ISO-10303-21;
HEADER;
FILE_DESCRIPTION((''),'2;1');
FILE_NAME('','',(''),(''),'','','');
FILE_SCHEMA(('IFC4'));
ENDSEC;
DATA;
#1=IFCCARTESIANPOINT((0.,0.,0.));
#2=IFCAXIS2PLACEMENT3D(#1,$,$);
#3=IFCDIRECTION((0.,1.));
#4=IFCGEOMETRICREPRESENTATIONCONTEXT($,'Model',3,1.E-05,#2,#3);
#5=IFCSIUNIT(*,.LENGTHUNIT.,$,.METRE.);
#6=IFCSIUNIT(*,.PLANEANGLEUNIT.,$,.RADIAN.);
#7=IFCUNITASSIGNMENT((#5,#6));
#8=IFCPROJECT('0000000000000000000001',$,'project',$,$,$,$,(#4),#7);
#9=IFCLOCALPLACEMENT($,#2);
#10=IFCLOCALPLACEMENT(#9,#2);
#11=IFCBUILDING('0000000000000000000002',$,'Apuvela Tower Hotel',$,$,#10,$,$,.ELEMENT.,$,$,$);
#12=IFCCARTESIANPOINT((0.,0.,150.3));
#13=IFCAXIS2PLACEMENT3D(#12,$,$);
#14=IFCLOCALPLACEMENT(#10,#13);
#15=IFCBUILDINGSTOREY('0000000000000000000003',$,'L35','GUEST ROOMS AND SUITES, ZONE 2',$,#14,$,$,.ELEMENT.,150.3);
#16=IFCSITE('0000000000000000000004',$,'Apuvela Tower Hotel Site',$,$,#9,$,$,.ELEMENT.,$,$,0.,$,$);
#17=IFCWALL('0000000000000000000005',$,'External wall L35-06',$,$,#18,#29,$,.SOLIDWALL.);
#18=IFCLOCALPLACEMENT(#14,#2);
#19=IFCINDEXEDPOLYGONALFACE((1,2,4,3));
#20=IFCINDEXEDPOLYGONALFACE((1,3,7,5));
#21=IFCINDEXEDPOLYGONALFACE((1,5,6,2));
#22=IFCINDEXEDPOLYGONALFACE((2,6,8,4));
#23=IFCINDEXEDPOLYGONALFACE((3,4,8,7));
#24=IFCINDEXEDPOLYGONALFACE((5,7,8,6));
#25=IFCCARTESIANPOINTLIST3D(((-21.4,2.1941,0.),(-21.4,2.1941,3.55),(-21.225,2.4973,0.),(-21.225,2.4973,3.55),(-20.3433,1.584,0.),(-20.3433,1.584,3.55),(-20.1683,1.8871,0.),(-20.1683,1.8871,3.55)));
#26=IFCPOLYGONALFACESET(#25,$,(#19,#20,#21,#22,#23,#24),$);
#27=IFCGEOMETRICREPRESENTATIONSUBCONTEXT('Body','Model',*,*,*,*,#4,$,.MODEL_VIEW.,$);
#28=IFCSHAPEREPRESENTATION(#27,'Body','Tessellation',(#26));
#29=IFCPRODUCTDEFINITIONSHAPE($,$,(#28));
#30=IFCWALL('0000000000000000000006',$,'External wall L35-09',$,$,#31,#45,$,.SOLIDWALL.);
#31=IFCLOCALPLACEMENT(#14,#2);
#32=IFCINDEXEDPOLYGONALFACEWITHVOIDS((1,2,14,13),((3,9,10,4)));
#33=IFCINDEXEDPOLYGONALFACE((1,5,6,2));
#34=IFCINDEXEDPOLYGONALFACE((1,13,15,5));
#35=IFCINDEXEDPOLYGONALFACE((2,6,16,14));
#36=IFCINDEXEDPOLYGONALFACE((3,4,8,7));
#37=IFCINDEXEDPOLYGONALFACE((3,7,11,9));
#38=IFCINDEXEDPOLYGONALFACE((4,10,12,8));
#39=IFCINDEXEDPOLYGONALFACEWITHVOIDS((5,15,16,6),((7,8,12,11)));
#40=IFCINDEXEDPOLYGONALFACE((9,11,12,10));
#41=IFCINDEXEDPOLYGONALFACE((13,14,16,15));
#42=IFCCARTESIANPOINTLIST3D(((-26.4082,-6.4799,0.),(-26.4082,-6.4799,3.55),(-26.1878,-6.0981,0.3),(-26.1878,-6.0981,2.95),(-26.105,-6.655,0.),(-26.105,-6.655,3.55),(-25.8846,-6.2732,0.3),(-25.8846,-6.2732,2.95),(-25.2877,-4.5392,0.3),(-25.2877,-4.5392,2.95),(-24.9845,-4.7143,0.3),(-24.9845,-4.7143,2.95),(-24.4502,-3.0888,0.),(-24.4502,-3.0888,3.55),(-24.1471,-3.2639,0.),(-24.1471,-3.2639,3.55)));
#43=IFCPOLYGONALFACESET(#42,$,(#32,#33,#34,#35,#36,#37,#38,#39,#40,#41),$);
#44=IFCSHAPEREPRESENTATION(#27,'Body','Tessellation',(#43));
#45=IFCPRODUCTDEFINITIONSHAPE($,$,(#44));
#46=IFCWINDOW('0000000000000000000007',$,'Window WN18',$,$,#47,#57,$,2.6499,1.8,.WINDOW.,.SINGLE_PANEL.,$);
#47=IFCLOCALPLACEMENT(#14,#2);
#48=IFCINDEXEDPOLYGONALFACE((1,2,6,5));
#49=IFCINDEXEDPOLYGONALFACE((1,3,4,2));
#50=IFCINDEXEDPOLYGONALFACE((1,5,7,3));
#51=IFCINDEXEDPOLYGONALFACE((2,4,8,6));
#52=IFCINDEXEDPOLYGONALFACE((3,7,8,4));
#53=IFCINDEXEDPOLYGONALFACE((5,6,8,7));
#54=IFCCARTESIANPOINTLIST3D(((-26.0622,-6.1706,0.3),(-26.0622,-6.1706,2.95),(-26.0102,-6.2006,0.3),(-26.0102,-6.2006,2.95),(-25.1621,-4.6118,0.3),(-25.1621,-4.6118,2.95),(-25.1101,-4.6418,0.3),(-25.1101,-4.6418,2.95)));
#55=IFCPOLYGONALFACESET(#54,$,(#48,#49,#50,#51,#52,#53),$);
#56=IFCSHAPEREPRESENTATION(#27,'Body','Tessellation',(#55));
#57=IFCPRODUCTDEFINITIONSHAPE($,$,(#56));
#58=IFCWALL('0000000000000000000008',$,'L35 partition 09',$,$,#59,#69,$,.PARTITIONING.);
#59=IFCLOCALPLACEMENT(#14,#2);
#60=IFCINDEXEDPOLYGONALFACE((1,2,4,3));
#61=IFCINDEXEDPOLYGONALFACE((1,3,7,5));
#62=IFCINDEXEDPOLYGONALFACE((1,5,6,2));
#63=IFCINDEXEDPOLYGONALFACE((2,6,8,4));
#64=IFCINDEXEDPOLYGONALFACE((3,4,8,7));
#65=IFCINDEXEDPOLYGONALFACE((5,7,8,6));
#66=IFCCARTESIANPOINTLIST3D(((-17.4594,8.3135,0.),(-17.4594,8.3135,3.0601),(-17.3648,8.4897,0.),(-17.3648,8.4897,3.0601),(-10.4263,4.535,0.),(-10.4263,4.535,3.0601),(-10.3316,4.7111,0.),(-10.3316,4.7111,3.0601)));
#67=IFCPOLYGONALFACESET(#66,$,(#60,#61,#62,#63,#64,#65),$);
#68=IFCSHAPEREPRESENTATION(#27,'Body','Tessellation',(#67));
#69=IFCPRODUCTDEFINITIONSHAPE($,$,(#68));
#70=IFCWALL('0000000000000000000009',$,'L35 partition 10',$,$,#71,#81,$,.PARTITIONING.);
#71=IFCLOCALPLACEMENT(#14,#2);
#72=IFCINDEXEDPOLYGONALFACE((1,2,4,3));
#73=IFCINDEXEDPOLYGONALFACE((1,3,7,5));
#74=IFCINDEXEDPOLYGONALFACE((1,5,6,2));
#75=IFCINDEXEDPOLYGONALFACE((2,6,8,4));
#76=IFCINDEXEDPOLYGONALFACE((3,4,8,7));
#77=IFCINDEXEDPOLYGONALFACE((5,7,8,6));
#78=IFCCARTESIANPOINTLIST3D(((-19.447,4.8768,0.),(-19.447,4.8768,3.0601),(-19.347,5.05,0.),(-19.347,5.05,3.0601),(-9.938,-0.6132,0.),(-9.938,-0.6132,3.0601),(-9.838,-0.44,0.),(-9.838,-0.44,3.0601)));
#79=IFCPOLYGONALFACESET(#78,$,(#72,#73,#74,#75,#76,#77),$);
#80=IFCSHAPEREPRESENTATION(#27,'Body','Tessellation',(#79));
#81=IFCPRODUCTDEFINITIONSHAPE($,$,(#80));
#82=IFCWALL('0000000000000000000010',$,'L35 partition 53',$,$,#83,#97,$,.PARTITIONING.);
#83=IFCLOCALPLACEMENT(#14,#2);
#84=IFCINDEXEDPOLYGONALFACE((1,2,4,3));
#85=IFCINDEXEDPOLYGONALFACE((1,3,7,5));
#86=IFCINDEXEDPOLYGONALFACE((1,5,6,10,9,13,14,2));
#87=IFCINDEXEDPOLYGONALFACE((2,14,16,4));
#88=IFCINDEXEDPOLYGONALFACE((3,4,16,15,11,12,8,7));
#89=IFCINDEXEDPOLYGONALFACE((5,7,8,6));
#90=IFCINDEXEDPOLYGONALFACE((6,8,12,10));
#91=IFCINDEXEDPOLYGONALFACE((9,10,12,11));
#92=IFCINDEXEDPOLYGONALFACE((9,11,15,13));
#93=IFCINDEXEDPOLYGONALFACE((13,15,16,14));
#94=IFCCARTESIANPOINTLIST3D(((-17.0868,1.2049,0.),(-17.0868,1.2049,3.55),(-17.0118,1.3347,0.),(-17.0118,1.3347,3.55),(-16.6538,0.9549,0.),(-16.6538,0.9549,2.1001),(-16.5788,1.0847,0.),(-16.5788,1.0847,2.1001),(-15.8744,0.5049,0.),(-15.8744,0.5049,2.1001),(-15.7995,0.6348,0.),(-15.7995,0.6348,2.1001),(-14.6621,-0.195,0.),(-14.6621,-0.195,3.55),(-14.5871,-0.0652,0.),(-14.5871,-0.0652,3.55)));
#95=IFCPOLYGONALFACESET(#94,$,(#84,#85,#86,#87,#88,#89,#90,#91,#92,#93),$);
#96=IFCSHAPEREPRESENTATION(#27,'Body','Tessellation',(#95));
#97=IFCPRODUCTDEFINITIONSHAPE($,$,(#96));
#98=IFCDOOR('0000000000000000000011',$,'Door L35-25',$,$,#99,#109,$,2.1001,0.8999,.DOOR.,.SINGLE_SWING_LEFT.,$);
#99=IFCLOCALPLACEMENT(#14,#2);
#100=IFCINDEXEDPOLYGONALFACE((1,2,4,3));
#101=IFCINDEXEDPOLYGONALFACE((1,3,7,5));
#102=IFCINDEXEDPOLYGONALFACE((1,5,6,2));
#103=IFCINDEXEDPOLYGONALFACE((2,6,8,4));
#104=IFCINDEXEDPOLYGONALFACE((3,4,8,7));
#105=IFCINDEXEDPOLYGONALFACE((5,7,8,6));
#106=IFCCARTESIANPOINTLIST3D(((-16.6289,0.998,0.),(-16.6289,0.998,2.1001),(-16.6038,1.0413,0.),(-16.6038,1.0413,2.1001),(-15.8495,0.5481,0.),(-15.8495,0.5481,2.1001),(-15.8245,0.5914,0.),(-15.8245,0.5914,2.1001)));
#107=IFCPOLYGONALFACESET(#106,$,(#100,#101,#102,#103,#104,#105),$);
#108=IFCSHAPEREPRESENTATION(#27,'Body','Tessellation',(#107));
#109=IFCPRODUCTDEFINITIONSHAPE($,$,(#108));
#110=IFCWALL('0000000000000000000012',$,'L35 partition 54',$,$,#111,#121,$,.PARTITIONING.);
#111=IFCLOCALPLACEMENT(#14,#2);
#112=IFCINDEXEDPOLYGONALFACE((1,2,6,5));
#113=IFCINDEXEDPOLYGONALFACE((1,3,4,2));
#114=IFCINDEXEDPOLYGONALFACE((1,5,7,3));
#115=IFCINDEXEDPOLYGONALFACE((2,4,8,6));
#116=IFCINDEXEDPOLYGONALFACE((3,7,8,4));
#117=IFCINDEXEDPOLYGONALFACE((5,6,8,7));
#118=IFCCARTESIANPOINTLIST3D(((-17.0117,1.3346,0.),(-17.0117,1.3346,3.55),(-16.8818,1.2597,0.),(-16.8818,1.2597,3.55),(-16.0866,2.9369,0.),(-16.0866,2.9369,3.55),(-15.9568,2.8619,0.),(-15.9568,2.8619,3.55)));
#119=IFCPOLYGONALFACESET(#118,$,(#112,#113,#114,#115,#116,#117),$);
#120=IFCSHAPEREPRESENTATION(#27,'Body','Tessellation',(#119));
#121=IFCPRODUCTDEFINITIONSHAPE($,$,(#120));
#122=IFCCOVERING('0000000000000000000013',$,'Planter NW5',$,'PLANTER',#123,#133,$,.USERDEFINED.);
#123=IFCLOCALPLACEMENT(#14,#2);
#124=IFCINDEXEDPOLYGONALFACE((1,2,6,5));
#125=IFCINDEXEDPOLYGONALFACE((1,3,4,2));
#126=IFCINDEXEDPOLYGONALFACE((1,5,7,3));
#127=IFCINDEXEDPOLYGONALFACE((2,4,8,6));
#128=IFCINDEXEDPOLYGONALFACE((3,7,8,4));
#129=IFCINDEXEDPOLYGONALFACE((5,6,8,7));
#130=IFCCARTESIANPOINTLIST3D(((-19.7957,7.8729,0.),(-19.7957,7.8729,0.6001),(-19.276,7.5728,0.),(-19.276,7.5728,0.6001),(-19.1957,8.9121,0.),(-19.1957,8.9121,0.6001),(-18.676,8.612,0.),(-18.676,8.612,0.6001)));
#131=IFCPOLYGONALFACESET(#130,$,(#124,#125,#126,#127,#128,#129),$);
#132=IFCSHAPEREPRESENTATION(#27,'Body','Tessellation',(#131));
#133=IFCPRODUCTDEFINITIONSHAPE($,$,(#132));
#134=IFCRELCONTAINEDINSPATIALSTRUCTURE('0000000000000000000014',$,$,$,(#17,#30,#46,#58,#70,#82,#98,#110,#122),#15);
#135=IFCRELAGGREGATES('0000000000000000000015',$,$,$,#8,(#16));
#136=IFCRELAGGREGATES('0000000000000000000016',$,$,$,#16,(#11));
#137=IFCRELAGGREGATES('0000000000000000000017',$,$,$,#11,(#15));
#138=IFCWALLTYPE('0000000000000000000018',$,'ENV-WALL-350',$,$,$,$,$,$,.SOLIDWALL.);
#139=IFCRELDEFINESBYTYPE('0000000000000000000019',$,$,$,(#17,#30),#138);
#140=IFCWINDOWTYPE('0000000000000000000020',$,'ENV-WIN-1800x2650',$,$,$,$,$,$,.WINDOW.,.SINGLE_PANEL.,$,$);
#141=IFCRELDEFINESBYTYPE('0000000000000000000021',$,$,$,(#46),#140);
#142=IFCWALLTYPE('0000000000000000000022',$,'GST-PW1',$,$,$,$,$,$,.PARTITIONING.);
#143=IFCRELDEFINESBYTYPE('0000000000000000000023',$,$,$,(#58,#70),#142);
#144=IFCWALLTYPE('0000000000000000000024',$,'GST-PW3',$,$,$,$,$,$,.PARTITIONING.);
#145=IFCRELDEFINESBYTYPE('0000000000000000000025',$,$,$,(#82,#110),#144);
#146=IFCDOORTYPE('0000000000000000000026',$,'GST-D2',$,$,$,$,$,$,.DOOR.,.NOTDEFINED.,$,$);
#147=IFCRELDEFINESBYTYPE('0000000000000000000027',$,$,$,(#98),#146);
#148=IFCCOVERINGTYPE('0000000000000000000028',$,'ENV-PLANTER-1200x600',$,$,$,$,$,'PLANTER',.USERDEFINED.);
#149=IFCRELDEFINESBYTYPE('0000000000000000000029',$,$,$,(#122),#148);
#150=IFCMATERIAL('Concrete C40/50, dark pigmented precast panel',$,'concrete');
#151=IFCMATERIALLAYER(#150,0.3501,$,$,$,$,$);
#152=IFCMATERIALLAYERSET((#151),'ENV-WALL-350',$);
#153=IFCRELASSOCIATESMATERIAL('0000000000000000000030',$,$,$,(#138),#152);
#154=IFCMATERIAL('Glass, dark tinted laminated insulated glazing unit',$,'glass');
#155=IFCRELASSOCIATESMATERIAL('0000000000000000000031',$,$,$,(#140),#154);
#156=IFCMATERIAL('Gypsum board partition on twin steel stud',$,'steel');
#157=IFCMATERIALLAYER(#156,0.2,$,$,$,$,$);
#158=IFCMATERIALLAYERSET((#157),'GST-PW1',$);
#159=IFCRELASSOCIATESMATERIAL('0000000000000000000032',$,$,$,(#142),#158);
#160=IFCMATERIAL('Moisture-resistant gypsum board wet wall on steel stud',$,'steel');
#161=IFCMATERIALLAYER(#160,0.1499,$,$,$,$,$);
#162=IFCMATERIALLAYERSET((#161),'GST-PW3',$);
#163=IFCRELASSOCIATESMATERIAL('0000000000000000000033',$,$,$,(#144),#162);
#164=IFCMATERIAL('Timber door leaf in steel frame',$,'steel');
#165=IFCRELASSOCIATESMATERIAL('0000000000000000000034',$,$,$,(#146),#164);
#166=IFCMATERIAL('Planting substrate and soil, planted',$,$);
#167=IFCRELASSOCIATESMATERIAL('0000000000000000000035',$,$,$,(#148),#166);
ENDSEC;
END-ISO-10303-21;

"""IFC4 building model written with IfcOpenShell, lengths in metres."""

from ifc_helpers import new_model, si_unit, direction, frame, frame_2d, origin, origin_2d, place, context, subcontext, project, spatial, rectangle, extrude, material, layer, layer_set, type_object, element, fill, save


model = new_model("IFC4")

# Units and contexts
model_context = context("Model", 3, precision=1e-05, world=origin(), true_north=direction((0.0, 1.0)))
body_context = subcontext(model_context, "Body", "Model", "MODEL_VIEW")
ifc_project = project(units=[si_unit("LENGTHUNIT", "METRE"), si_unit("PLANEANGLEUNIT", "RADIAN")], contexts=[model_context])

# Site, building, storey
site_placement = place(None, origin())
site = spatial("IfcSite", under=ifc_project, at=site_placement, Name="Apuvela Tower Hotel Site", CompositionType="ELEMENT", RefElevation=0.0)
building_placement = place(site_placement, origin())
building = spatial("IfcBuilding", under=site, at=building_placement, Name="Apuvela Tower Hotel", CompositionType="ELEMENT")
storey_placement = place(building_placement, frame((0.0, 0.0, 150.3)))
storey = spatial("IfcBuildingStorey", under=building, at=storey_placement, Name="L35", Description="GUEST ROOMS AND SUITES, ZONE 2", CompositionType="ELEMENT", Elevation=150.3)

# Wall
ifc_material_1 = material(Name="Concrete C40/50, dark pigmented precast panel", Category="concrete")
ifc_layer_1 = layer(ifc_material_1, 0.3501)
ifc_layer_set_1 = layer_set([ifc_layer_1], Name="ENV-WALL-350")
wall_type_1 = type_object("IfcWallType", Name="ENV-WALL-350", PredefinedType="SOLIDWALL", material=ifc_layer_set_1)
wall_1_placement = place(storey_placement, frame((-21.3125, 2.3457, 0.0), z_axis=(0.0, 0.0, 1.0), x_axis=(0.866006, -0.500034, 0.0)))
element("IfcWall", 1, at=wall_1_placement, inside=storey, type_object=wall_type_1, Name="External wall L35-06", PredefinedType="SOLIDWALL", context=body_context, shape_type="SweptSolid", body=[
    extrude(rectangle(XDim=1.2202, YDim=0.3501, at=frame_2d((0.6101, 0.0))), origin(), (0.0, 0.0, 1.0), 3.55),
])

# Shared definitions
ifc_material_2 = material(Name="Glass, dark tinted laminated insulated glazing unit", Category="glass")

# Wall, opening, window
wall_2_placement = place(storey_placement, frame((-24.2986, -3.1763, 0.0), z_axis=(0.0, 0.0, 1.0), x_axis=(-0.500028, -0.866009, 0.0)))
wall_2 = element("IfcWall", 2, at=wall_2_placement, inside=storey, type_object=wall_type_1, Name="External wall L35-09", PredefinedType="SOLIDWALL", context=body_context, shape_type="SweptSolid", body=[
    extrude(rectangle(XDim=3.9158, YDim=0.3501, at=frame_2d((1.958, 0.0))), origin(), (0.0, 0.0, 1.0), 3.55),
])
opening_1_placement = place(wall_2_placement, frame((1.675, 0.0, 0.3)))
opening_1 = element("IfcOpeningElement", 3, at=opening_1_placement, cuts=wall_2, PredefinedType="OPENING", context=body_context, shape_type="SweptSolid", body=[
    extrude(rectangle(XDim=1.8, YDim=2.6499, at=frame_2d((0.8999, 1.325))), frame((0.0, 0.1851, 0.0), z_axis=(0.0, -1.0, 0.0), x_axis=(1.0, 0.0, 0.0)), (0.0, 0.0, 1.0), 0.3701),
])
window_type_1 = type_object("IfcWindowType", Name="ENV-WIN-1800x2650", PartitioningType="SINGLE_PANEL", PredefinedType="WINDOW", material=ifc_material_2)
window_1_placement = place(opening_1_placement, origin())
window_1 = element("IfcWindow", 4, at=window_1_placement, inside=storey, type_object=window_type_1, Name="Window WN18", OverallHeight=2.6499, OverallWidth=1.8, PartitioningType="SINGLE_PANEL", PredefinedType="WINDOW", context=body_context, shape_type="SweptSolid", body=[
    extrude(rectangle(XDim=1.8, YDim=2.6499, at=frame_2d((0.8999, 1.325))), frame((0.0, 0.03, 0.0), z_axis=(0.0, -1.0, 0.0), x_axis=(1.0, 0.0, 0.0)), (0.0, 0.0, 1.0), 0.0601),
])
fill(opening_1, window_1)

# Walls
ifc_material_3 = material(Name="Gypsum board partition on twin steel stud", Category="steel")
ifc_layer_2 = layer(ifc_material_3, 0.2)
ifc_layer_set_2 = layer_set([ifc_layer_2], Name="GST-PW1")
wall_type_2 = type_object("IfcWallType", Name="GST-PW1", PredefinedType="PARTITIONING", material=ifc_layer_set_2)
wall_3_placement = place(storey_placement, frame((-17.4121, 8.4016, 0.0), z_axis=(0.0, 0.0, 1.0), x_axis=(0.880917, -0.47327, 0.0)))
element("IfcWall", 5, at=wall_3_placement, inside=storey, type_object=wall_type_2, Name="L35 partition 09", PredefinedType="PARTITIONING", context=body_context, shape_type="SweptSolid", body=[
    extrude(rectangle(XDim=7.9839, YDim=0.2, at=frame_2d((3.9919, 0.0))), origin(), (0.0, 0.0, 1.0), 3.0601),
])
wall_4_placement = place(storey_placement, frame((-19.397, 4.9634, 0.0), z_axis=(0.0, 0.0, 1.0), x_axis=(0.866027, -0.499996, 0.0)))
element("IfcWall", 6, at=wall_4_placement, inside=storey, type_object=wall_type_2, Name="L35 partition 10", PredefinedType="PARTITIONING", context=body_context, shape_type="SweptSolid", body=[
    extrude(rectangle(XDim=10.98, YDim=0.2, at=frame_2d((5.49, 0.0))), origin(), (0.0, 0.0, 1.0), 3.0601),
])

# Wall, opening, door
ifc_material_4 = material(Name="Moisture-resistant gypsum board wet wall on steel stud", Category="steel")
ifc_layer_3 = layer(ifc_material_4, 0.1499)
ifc_layer_set_3 = layer_set([ifc_layer_3], Name="GST-PW3")
wall_type_3 = type_object("IfcWallType", Name="GST-PW3", PredefinedType="PARTITIONING", material=ifc_layer_set_3)
wall_5_placement = place(storey_placement, frame((-17.0493, 1.2698, 0.0), z_axis=(0.0, 0.0, 1.0), x_axis=(0.866035, -0.499984, 0.0)))
wall_5 = element("IfcWall", 7, at=wall_5_placement, inside=storey, type_object=wall_type_3, Name="L35 partition 53", PredefinedType="PARTITIONING", context=body_context, shape_type="SweptSolid", body=[
    extrude(rectangle(XDim=2.7998, YDim=0.1499, at=frame_2d((1.3999, 0.0))), origin(), (0.0, 0.0, 1.0), 3.55),
])
opening_2_placement = place(wall_5_placement, frame((0.5, 0.0, 0.0)))
opening_2 = element("IfcOpeningElement", 8, at=opening_2_placement, cuts=wall_5, PredefinedType="OPENING", context=body_context, shape_type="SweptSolid", body=[
    extrude(rectangle(XDim=0.8999, YDim=2.1001, at=frame_2d((0.45, 1.05))), frame((0.0, 0.085, 0.0), z_axis=(0.0, -1.0, 0.0), x_axis=(1.0, 0.0, 0.0)), (0.0, 0.0, 1.0), 0.1699),
])
ifc_material_5 = material(Name="Timber door leaf in steel frame", Category="steel")
door_type_1 = type_object("IfcDoorType", Name="GST-D2", OperationType="NOTDEFINED", PredefinedType="DOOR", material=ifc_material_5)
door_1_placement = place(opening_2_placement, origin())
door_1 = element("IfcDoor", 9, at=door_1_placement, inside=storey, type_object=door_type_1, Name="Door L35-25", OperationType="SINGLE_SWING_LEFT", OverallHeight=2.1001, OverallWidth=0.8999, PredefinedType="DOOR", context=body_context, shape_type="SweptSolid", body=[
    extrude(rectangle(XDim=0.8999, YDim=2.1001, at=frame_2d((0.45, 1.05))), frame((0.0, 0.0249, 0.0), z_axis=(0.0, -1.0, 0.0), x_axis=(1.0, 0.0, 0.0)), (0.0, 0.0, 1.0), 0.05),
])
fill(opening_2, door_1)

# Wall
wall_6_placement = place(storey_placement, frame((-16.0217, 2.8994, 0.0), z_axis=(0.0, 0.0, 1.0), x_axis=(-0.499985, -0.866034, 0.0)))
element("IfcWall", 10, at=wall_6_placement, inside=storey, type_object=wall_type_3, Name="L35 partition 54", PredefinedType="PARTITIONING", context=body_context, shape_type="SweptSolid", body=[
    extrude(rectangle(XDim=1.8501, YDim=0.1499, at=frame_2d((0.925, 0.0))), origin(), (0.0, 0.0, 1.0), 3.55),
])

# Covering
ifc_material_6 = material(Name="Planting substrate and soil, planted")
covering_type = type_object("IfcCoveringType", Name="ENV-PLANTER-1200x600", ElementType="PLANTER", PredefinedType="USERDEFINED", material=ifc_material_6)
covering_placement = place(storey_placement, frame((-19.2358, 8.2424, 0.0), z_axis=(0.0, 0.0, 1.0), x_axis=(-0.5, -0.866025, 0.0)))
element("IfcCovering", 11, at=covering_placement, inside=storey, type_object=covering_type, Name="Planter NW5", ObjectType="PLANTER", PredefinedType="USERDEFINED", context=body_context, shape_type="SweptSolid", body=[
    extrude(rectangle(XDim=1.2, YDim=0.6001, at=origin_2d()), origin(), (0.0, 0.0, 1.0), 0.6001),
])

save(model, "model.ifc")
